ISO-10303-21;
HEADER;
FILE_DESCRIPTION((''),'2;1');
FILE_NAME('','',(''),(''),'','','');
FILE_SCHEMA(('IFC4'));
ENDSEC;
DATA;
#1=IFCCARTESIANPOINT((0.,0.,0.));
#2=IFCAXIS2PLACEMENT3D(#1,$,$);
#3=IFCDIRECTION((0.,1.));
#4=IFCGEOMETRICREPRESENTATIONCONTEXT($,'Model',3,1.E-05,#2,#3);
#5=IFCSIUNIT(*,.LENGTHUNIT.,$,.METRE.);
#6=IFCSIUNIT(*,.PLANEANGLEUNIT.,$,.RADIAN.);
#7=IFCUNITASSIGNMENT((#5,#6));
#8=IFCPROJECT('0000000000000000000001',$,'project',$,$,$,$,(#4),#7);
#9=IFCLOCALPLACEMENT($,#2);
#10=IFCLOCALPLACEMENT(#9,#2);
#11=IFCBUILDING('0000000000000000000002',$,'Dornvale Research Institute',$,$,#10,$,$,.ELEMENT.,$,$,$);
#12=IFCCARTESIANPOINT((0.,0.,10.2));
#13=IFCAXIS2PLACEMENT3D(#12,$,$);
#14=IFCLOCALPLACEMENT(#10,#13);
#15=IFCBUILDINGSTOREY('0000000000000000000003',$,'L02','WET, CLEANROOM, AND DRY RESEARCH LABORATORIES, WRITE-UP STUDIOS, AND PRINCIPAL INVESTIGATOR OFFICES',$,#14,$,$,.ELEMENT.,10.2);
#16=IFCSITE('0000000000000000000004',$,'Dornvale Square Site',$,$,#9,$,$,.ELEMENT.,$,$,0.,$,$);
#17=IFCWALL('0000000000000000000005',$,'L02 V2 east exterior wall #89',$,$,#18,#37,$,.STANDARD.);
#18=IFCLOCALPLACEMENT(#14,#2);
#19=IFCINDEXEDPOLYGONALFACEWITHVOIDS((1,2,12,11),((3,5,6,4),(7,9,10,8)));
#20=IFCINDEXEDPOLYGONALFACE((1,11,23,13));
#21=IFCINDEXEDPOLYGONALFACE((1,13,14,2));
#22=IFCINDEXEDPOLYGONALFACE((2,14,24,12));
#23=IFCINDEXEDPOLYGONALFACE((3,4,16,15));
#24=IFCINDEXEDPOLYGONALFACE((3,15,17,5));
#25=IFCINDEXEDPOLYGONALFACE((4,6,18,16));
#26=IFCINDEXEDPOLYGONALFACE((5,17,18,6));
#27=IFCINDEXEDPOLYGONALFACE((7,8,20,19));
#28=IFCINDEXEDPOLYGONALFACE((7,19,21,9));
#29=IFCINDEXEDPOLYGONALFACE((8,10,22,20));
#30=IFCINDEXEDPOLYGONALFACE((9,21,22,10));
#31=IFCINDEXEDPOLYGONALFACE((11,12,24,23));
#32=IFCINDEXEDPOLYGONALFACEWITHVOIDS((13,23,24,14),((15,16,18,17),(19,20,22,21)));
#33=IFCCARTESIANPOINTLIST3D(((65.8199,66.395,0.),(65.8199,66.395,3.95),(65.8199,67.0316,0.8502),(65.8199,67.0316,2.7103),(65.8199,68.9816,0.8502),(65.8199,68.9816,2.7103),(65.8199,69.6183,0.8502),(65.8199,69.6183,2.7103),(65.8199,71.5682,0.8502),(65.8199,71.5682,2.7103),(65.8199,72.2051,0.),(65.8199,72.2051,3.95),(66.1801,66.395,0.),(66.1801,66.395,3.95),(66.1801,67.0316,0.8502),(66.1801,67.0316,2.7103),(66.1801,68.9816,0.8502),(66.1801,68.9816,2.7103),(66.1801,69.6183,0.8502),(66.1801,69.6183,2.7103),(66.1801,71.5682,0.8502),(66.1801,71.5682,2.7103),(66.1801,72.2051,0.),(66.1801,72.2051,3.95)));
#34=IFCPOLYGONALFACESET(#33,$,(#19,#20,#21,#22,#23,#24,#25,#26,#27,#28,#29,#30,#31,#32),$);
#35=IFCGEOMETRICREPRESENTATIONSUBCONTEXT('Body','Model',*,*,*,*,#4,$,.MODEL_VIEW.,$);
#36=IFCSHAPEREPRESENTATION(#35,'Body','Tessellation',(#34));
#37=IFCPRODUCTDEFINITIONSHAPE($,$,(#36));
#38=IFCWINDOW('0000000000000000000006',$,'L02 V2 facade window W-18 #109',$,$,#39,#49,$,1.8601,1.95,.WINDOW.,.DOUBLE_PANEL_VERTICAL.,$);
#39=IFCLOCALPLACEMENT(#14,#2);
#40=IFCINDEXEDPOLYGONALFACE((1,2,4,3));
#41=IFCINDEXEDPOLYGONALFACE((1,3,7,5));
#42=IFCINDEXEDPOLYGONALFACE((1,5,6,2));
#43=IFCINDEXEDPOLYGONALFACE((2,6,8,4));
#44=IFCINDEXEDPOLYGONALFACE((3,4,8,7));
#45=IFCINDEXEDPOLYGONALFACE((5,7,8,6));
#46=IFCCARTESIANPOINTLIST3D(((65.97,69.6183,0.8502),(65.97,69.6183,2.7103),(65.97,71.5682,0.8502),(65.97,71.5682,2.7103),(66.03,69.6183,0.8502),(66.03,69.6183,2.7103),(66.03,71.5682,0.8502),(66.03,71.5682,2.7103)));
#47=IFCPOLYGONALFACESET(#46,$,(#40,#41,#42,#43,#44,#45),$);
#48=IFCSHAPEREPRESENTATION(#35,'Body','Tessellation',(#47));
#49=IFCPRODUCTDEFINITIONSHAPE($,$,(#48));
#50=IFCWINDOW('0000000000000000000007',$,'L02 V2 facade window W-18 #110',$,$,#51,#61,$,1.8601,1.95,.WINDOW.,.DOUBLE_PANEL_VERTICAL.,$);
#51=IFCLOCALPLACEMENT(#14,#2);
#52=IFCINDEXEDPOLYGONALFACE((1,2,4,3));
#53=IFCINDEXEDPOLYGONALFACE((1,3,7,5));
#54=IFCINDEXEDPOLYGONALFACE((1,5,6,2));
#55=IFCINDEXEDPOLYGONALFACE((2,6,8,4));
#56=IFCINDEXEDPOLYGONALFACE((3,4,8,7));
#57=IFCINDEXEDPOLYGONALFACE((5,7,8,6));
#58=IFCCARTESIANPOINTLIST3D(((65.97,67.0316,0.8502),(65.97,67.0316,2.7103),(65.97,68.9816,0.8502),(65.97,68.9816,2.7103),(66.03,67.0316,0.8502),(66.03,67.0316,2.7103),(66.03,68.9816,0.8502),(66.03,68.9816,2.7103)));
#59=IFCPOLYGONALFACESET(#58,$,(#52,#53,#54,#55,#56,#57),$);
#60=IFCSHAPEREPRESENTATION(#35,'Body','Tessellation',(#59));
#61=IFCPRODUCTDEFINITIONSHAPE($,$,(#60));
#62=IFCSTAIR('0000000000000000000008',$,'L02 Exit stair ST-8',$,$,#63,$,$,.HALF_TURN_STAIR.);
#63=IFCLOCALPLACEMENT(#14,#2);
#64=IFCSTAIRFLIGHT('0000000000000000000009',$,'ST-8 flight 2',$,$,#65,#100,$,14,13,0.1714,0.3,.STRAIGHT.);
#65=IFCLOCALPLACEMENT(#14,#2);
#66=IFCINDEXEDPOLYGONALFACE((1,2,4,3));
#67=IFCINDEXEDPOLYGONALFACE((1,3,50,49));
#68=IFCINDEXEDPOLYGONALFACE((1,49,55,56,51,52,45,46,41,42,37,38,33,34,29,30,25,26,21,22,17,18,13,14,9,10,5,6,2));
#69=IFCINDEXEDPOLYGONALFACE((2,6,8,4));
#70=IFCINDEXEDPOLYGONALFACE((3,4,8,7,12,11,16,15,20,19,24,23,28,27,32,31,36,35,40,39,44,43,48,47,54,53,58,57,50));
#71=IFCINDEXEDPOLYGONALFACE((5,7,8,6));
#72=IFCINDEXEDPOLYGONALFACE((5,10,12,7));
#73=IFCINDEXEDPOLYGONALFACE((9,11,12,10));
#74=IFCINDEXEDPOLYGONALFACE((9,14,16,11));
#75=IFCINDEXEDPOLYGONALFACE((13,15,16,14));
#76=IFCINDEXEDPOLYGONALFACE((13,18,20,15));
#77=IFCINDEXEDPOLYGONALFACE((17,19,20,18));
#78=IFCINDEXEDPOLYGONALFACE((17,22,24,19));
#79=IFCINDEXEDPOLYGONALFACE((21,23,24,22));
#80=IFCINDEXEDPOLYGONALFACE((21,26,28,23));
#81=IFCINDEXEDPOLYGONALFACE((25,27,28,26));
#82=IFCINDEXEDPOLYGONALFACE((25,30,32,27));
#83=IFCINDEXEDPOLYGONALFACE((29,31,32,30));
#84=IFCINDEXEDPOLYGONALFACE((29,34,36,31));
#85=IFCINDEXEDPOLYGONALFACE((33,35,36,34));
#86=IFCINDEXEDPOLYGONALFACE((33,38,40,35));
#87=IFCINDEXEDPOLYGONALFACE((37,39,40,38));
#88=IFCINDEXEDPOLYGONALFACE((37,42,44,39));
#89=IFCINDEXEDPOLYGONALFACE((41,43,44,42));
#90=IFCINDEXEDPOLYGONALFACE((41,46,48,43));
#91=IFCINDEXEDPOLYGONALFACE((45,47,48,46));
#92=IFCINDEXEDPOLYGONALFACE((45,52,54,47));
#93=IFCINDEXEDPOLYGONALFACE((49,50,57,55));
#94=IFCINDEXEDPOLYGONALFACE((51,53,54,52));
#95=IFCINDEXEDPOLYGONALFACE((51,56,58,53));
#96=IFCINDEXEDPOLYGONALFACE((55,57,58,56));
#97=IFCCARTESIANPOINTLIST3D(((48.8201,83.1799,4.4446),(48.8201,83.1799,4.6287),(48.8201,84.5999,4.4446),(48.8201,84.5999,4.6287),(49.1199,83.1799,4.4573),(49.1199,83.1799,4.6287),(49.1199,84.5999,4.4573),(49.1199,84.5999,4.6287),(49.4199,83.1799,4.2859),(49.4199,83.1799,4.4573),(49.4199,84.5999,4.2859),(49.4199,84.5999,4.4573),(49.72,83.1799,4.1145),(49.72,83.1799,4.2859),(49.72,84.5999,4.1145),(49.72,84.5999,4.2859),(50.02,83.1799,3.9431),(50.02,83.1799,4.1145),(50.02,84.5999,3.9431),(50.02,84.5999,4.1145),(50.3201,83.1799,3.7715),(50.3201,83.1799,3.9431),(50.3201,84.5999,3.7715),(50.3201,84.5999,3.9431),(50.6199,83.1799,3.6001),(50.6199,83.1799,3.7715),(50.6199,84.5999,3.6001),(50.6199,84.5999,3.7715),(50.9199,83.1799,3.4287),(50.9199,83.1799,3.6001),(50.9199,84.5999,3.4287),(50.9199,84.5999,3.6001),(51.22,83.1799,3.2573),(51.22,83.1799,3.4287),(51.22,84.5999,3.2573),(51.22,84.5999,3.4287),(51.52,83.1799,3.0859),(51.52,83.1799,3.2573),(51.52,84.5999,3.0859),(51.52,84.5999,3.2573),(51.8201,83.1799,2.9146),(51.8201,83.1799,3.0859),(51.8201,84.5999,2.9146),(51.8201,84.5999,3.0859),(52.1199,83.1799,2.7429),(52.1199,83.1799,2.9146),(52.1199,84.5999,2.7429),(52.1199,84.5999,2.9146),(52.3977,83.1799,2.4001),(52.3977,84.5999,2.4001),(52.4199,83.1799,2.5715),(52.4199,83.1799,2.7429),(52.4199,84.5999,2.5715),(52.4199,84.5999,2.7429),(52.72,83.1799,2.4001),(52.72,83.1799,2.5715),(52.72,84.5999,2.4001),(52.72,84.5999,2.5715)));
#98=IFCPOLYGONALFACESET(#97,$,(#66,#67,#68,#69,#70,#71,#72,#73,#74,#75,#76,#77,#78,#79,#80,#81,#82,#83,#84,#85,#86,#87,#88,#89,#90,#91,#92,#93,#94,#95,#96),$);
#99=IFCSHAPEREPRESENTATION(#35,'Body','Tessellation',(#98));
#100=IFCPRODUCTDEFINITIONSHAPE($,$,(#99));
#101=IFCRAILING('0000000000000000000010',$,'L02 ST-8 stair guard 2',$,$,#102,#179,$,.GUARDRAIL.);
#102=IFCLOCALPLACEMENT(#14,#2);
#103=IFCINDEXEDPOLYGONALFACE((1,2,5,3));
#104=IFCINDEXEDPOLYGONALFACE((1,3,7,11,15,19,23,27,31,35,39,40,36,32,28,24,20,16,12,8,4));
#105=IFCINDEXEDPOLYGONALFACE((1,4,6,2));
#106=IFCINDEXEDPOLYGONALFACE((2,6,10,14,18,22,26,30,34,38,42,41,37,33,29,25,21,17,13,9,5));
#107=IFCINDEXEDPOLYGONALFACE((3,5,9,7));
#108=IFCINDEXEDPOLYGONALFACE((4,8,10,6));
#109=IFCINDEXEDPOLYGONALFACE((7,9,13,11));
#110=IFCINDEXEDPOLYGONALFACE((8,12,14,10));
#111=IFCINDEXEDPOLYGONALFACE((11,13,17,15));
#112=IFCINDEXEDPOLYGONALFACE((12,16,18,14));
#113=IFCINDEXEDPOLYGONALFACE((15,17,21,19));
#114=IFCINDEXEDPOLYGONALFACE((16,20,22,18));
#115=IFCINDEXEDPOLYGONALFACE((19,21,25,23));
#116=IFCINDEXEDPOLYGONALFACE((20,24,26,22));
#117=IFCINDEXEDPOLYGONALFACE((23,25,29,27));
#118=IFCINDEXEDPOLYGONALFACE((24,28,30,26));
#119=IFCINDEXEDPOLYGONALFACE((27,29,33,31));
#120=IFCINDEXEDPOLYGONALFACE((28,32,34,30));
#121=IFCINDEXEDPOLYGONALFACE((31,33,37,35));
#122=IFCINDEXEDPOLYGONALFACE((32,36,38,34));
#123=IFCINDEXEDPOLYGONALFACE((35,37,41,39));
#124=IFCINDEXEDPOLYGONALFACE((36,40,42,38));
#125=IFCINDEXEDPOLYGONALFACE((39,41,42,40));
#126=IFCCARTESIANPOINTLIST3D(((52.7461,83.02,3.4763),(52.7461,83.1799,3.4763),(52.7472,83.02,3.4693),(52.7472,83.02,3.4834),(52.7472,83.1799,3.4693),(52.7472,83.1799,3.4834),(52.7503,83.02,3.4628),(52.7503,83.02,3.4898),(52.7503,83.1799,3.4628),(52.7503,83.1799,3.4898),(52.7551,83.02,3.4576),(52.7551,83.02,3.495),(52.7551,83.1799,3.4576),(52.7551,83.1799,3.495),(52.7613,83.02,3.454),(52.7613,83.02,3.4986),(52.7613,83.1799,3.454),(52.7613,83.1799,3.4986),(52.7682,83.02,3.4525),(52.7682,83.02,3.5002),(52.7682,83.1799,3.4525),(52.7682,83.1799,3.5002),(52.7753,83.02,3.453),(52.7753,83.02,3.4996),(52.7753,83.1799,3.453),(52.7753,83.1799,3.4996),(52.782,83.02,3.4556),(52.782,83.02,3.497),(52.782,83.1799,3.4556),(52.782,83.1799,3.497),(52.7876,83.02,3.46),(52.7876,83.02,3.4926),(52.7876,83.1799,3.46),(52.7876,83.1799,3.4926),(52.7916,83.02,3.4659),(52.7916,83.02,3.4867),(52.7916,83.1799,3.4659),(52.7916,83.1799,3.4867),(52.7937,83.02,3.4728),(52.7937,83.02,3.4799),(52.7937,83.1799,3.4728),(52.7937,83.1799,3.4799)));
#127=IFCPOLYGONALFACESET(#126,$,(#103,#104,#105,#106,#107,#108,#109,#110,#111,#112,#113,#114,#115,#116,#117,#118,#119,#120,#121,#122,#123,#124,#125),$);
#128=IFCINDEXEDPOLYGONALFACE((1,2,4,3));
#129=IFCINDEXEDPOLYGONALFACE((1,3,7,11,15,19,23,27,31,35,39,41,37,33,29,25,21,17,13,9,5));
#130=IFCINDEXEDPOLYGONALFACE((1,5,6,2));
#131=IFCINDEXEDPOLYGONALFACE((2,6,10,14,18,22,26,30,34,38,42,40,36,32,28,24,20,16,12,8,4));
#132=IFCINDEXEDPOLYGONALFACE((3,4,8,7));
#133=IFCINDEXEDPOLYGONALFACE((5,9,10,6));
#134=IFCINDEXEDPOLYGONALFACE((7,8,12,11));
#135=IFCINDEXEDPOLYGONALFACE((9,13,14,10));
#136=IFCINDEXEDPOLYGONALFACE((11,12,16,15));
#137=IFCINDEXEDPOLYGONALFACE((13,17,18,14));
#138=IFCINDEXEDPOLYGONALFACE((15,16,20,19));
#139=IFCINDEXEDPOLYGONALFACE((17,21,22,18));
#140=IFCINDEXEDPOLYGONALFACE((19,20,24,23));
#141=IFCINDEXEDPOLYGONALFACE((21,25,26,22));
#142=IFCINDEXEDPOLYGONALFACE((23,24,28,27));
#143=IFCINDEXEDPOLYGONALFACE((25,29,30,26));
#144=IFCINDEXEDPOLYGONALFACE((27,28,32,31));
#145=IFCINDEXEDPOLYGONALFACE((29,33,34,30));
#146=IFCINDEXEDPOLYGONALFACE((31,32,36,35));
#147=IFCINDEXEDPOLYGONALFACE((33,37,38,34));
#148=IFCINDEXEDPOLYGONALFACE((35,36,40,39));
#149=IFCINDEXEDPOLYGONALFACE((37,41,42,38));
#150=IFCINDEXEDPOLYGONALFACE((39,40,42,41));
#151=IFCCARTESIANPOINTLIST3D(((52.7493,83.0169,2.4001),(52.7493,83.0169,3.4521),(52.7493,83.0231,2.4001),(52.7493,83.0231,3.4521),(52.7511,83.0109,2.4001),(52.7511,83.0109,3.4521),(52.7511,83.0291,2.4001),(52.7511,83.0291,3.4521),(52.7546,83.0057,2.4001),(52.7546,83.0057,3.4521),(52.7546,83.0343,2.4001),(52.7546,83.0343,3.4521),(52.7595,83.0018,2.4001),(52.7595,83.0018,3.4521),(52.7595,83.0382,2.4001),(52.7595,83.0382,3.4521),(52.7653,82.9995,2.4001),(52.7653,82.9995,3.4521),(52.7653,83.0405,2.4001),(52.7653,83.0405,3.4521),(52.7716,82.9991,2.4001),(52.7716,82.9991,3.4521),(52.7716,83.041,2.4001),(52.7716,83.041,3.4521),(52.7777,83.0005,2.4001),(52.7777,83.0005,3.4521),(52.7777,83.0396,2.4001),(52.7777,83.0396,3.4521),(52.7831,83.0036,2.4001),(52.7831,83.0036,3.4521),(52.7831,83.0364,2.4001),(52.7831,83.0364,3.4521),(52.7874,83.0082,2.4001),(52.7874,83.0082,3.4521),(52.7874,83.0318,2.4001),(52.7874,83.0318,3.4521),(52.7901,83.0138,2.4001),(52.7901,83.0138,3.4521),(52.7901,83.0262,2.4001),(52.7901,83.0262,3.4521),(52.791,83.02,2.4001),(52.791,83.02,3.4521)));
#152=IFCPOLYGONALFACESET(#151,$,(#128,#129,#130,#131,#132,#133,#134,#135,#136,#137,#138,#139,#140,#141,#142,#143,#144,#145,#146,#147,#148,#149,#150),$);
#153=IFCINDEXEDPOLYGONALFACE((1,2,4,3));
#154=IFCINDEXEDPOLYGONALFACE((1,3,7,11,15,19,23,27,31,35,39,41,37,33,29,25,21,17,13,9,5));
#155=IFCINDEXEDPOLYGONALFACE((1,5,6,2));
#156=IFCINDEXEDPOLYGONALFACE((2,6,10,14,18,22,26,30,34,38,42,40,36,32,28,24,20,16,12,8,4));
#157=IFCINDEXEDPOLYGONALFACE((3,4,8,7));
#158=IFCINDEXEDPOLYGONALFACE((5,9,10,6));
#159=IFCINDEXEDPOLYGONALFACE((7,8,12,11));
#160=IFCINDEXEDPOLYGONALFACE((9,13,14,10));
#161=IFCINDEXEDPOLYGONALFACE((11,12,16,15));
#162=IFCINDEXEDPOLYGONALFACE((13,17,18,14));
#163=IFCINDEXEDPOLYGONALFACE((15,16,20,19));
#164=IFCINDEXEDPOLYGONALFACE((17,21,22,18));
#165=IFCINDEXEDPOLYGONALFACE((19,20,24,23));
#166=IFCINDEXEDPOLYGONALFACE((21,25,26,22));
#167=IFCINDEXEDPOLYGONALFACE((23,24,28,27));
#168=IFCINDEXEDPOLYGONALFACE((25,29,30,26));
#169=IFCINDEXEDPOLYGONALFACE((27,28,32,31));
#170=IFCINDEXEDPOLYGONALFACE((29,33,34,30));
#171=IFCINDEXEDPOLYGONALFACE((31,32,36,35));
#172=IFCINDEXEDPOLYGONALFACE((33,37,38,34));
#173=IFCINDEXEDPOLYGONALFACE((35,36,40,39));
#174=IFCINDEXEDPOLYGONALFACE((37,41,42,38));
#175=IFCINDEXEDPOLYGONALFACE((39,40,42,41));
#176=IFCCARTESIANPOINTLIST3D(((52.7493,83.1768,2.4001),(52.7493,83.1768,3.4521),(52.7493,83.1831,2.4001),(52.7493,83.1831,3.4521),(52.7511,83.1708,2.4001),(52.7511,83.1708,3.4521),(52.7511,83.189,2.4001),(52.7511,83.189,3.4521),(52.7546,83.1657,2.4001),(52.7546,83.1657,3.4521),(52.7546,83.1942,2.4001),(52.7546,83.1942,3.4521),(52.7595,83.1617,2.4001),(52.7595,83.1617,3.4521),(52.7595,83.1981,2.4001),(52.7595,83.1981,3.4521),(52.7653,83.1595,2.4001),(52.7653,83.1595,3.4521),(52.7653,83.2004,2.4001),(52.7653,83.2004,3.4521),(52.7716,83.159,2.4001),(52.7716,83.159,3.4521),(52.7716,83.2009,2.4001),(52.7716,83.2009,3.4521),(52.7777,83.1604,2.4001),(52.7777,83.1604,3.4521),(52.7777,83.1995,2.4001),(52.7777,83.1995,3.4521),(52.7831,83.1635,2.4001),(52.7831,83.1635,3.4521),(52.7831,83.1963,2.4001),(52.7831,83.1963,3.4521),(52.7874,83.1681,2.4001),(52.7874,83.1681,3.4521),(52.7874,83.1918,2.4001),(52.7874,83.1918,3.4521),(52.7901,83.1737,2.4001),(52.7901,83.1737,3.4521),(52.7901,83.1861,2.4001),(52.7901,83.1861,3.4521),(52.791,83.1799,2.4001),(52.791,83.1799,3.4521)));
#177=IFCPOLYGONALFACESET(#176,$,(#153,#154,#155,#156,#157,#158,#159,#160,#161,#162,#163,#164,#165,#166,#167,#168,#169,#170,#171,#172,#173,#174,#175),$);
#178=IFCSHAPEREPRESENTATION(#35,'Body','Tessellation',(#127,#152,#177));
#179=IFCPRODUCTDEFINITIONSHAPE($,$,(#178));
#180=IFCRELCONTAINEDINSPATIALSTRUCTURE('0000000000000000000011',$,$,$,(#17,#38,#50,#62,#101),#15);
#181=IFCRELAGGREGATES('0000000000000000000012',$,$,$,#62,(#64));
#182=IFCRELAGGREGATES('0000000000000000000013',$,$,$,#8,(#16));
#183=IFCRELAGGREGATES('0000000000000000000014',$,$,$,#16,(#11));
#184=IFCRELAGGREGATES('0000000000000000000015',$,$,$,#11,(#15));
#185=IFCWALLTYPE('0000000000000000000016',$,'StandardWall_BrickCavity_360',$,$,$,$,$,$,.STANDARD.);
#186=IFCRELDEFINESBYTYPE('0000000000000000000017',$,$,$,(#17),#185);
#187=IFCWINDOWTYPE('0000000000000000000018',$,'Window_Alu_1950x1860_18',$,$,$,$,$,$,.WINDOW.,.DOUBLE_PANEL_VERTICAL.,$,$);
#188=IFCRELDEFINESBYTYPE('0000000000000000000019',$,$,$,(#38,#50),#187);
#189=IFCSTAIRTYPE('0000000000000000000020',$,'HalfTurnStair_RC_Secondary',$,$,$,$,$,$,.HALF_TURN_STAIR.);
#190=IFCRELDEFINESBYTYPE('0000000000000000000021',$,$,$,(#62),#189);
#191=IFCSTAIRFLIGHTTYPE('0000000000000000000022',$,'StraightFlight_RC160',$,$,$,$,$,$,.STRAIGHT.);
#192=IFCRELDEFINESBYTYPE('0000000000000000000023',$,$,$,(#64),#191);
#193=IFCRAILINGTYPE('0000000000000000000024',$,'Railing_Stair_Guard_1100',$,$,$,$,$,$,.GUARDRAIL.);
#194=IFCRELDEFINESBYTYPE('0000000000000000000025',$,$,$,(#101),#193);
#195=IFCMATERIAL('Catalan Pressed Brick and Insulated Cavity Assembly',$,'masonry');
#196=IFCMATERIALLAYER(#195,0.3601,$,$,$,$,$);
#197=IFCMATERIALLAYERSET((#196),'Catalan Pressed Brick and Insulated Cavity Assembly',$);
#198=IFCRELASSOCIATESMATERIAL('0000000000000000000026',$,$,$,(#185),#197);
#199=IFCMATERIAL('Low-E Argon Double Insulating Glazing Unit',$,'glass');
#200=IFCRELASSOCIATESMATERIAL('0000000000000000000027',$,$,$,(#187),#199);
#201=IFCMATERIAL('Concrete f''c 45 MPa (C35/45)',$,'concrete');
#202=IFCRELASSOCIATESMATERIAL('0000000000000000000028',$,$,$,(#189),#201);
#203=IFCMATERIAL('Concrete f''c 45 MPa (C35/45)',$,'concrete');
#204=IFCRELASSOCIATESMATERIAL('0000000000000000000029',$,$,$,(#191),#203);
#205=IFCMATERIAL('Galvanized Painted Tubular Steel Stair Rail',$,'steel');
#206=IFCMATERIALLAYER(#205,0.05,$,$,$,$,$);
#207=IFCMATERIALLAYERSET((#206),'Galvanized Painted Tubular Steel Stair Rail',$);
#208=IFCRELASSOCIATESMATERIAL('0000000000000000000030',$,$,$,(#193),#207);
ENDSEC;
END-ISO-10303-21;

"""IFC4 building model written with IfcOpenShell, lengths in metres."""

from ifc_helpers import new_model, si_unit, direction, frame, frame_2d, origin, origin_2d, place, context, subcontext, project, spatial, polyline, rectangle, circle, outline, extrude, material, layer, layer_set, type_object, element, fill, aggregate, save


model = new_model("IFC4")

# Units and contexts
model_context = context("Model", 3, precision=1e-05, world=origin(), true_north=direction((0.0, 1.0)))
body_context = subcontext(model_context, "Body", "Model", "MODEL_VIEW")
ifc_project = project(units=[si_unit("LENGTHUNIT", "METRE"), si_unit("PLANEANGLEUNIT", "RADIAN")], contexts=[model_context])

# Site, building, storey
site_placement = place(None, origin())
site = spatial("IfcSite", under=ifc_project, at=site_placement, Name="Dornvale Square Site", CompositionType="ELEMENT", RefElevation=0.0)
building_placement = place(site_placement, origin())
building = spatial("IfcBuilding", under=site, at=building_placement, Name="Dornvale Research Institute", CompositionType="ELEMENT")
storey_placement = place(building_placement, frame((0.0, 0.0, 10.2)))
storey = spatial("IfcBuildingStorey", under=building, at=storey_placement, Name="L02", Description="WET, CLEANROOM, AND DRY RESEARCH LABORATORIES, WRITE-UP STUDIOS, AND PRINCIPAL INVESTIGATOR OFFICES", CompositionType="ELEMENT", Elevation=10.2)

# Wall, openings, windows
ifc_material_1 = material(Name="Catalan Pressed Brick and Insulated Cavity Assembly", Category="masonry")
ifc_layer_1 = layer(ifc_material_1, 0.3601)
ifc_layer_set_1 = layer_set([ifc_layer_1], Name="Catalan Pressed Brick and Insulated Cavity Assembly")
wall_type_1 = type_object("IfcWallType", Name="StandardWall_BrickCavity_360", PredefinedType="STANDARD", material=ifc_layer_set_1)
wall_1_placement = place(storey_placement, frame((66.0, 72.2051, 0.0), z_axis=(0.0, 0.0, 1.0), x_axis=(0.0, -1.0, 0.0)))
wall_1 = element("IfcWall", 1, at=wall_1_placement, inside=storey, type_object=wall_type_1, Name="L02 V2 east exterior wall #89", PredefinedType="STANDARD", context=body_context, shape_type="SweptSolid", body=[
    extrude(rectangle(XDim=5.8101, YDim=0.3601, at=frame_2d((2.905, 0.0))), origin(), (0.0, 0.0, 1.0), 3.95),
])
opening_1_placement = place(wall_1_placement, frame((0.6367, 0.0, 0.8501)))
opening_1 = element("IfcOpeningElement", 2, at=opening_1_placement, cuts=wall_1, PredefinedType="OPENING", context=body_context, shape_type="SweptSolid", body=[
    extrude(rectangle(XDim=1.95, YDim=1.8601, at=frame_2d((0.9751, 0.9302))), frame((0.0, 0.1951, 0.0), z_axis=(0.0, -1.0, 0.0), x_axis=(1.0, 0.0, 0.0)), (0.0, 0.0, 1.0), 0.3901),
])
opening_2_placement = place(wall_1_placement, frame((3.2234, 0.0, 0.8501)))
opening_2 = element("IfcOpeningElement", 3, at=opening_2_placement, cuts=wall_1, PredefinedType="OPENING", context=body_context, shape_type="SweptSolid", body=[
    extrude(rectangle(XDim=1.95, YDim=1.8601, at=frame_2d((0.9751, 0.9302))), frame((0.0, 0.1951, 0.0), z_axis=(0.0, -1.0, 0.0), x_axis=(1.0, 0.0, 0.0)), (0.0, 0.0, 1.0), 0.3901),
])
ifc_material_2 = material(Name="Low-E Argon Double Insulating Glazing Unit", Category="glass")
window_type = type_object("IfcWindowType", Name="Window_Alu_1950x1860_18", PartitioningType="DOUBLE_PANEL_VERTICAL", PredefinedType="WINDOW", material=ifc_material_2)
window_1_placement = place(opening_1_placement, origin())
window_1 = element("IfcWindow", 4, at=window_1_placement, inside=storey, type_object=window_type, Name="L02 V2 facade window W-18 #109", OverallHeight=1.8601, OverallWidth=1.95, PartitioningType="DOUBLE_PANEL_VERTICAL", PredefinedType="WINDOW", context=body_context, shape_type="SweptSolid", body=[
    extrude(rectangle(XDim=1.95, YDim=1.8601, at=frame_2d((0.9751, 0.9302))), frame((0.0, 0.03, 0.0), z_axis=(0.0, -1.0, 0.0), x_axis=(1.0, 0.0, 0.0)), (0.0, 0.0, 1.0), 0.0601),
])
fill(opening_1, window_1)
window_2_placement = place(opening_2_placement, origin())
window_2 = element("IfcWindow", 5, at=window_2_placement, inside=storey, type_object=window_type, Name="L02 V2 facade window W-18 #110", OverallHeight=1.8601, OverallWidth=1.95, PartitioningType="DOUBLE_PANEL_VERTICAL", PredefinedType="WINDOW", context=body_context, shape_type="SweptSolid", body=[
    extrude(rectangle(XDim=1.95, YDim=1.8601, at=frame_2d((0.9751, 0.9302))), frame((0.0, 0.03, 0.0), z_axis=(0.0, -1.0, 0.0), x_axis=(1.0, 0.0, 0.0)), (0.0, 0.0, 1.0), 0.0601),
])
fill(opening_2, window_2)

# Stair, stair flight
ifc_material_3 = material(Name="Concrete f'c 45 MPa (C35/45)", Category="concrete")
stair_type = type_object("IfcStairType", Name="HalfTurnStair_RC_Secondary", PredefinedType="HALF_TURN_STAIR", material=ifc_material_3)
stair_placement = place(storey_placement, origin())
stair = element("IfcStair", 6, at=stair_placement, inside=storey, type_object=stair_type, Name="L02 Exit stair ST-8", PredefinedType="HALF_TURN_STAIR")
ifc_material_4 = material(Name="Concrete f'c 45 MPa (C35/45)", Category="concrete")
stair_flight_type = type_object("IfcStairFlightType", Name="StraightFlight_RC160", PredefinedType="STRAIGHT", material=ifc_material_4)
stair_flight_placement = place(storey_placement, frame((52.72, 83.8899, 2.4001), z_axis=(0.0, 0.0, 1.0), x_axis=(-1.0, 0.0, 0.0)))
stair_flight = element("IfcStairFlight", 7, at=stair_flight_placement, type_object=stair_flight_type, Name="ST-8 flight 2", NumberOfRisers=14, NumberOfTreads=13, PredefinedType="STRAIGHT", RiserHeight=0.1714, TreadLength=0.3, context=body_context, shape_type="SweptSolid", body=[
    extrude(outline(polyline([(0.0, 0.0), (0.0, 0.1714), (0.3, 0.1714), (0.3, 0.3428), (0.6001, 0.3428), (0.6001, 0.5144), (0.8999, 0.5144), (0.8999, 0.6858), (1.2, 0.6858), (1.2, 0.8572), (1.5, 0.8572), (1.5, 1.0286), (1.8, 1.0286), (1.8, 1.2), (2.1001, 1.2), (2.1001, 1.3713), (2.3999, 1.3713), (2.3999, 1.543), (2.7, 1.543), (2.7, 1.7144), (3.0, 1.7144), (3.0, 1.8857), (3.3, 1.8857), (3.3, 2.0571), (3.6001, 2.0571), (3.6001, 2.2285), (3.8999, 2.2285), (3.8999, 2.3999), (3.8999, 2.0444), (0.3223, 0.0), (0.0, 0.0)])), frame((0.0, 0.71, 0.0), z_axis=(0.0, -1.0, 0.0), x_axis=(1.0, 0.0, 0.0)), (0.0, 0.0, 1.0), 1.4199),
])
aggregate(stair, [stair_flight])

# Railing
ifc_material_5 = material(Name="Galvanized Painted Tubular Steel Stair Rail", Category="steel")
ifc_layer_2 = layer(ifc_material_5, 0.05)
ifc_layer_set_2 = layer_set([ifc_layer_2], Name="Galvanized Painted Tubular Steel Stair Rail")
railing_type_1 = type_object("IfcRailingType", Name="Railing_Stair_Guard_1100", PredefinedType="GUARDRAIL", material=ifc_layer_set_2)
railing_1_placement = place(storey_placement, frame((52.77, 83.02, 2.4001)))
element("IfcRailing", 8, at=railing_1_placement, inside=storey, type_object=railing_type_1, Name="L02 ST-8 stair guard 2", PredefinedType="GUARDRAIL", context=body_context, shape_type="SweptSolid", body=[
    extrude(circle(Radius=0.0239, at=origin_2d()), frame((0.0, 0.0, 1.0762), z_axis=(0.0, 1.0, 0.0), x_axis=(-1.0, 0.0, 0.0)), (0.0, 0.0, 1.0), 0.1599),
    extrude(circle(Radius=0.021, at=origin_2d()), origin(), (0.0, 0.0, 1.0), 1.052),
    extrude(circle(Radius=0.021, at=origin_2d()), frame((0.0, 0.1599, 0.0)), (0.0, 0.0, 1.0), 1.052),
])

save(model, "model.ifc")
